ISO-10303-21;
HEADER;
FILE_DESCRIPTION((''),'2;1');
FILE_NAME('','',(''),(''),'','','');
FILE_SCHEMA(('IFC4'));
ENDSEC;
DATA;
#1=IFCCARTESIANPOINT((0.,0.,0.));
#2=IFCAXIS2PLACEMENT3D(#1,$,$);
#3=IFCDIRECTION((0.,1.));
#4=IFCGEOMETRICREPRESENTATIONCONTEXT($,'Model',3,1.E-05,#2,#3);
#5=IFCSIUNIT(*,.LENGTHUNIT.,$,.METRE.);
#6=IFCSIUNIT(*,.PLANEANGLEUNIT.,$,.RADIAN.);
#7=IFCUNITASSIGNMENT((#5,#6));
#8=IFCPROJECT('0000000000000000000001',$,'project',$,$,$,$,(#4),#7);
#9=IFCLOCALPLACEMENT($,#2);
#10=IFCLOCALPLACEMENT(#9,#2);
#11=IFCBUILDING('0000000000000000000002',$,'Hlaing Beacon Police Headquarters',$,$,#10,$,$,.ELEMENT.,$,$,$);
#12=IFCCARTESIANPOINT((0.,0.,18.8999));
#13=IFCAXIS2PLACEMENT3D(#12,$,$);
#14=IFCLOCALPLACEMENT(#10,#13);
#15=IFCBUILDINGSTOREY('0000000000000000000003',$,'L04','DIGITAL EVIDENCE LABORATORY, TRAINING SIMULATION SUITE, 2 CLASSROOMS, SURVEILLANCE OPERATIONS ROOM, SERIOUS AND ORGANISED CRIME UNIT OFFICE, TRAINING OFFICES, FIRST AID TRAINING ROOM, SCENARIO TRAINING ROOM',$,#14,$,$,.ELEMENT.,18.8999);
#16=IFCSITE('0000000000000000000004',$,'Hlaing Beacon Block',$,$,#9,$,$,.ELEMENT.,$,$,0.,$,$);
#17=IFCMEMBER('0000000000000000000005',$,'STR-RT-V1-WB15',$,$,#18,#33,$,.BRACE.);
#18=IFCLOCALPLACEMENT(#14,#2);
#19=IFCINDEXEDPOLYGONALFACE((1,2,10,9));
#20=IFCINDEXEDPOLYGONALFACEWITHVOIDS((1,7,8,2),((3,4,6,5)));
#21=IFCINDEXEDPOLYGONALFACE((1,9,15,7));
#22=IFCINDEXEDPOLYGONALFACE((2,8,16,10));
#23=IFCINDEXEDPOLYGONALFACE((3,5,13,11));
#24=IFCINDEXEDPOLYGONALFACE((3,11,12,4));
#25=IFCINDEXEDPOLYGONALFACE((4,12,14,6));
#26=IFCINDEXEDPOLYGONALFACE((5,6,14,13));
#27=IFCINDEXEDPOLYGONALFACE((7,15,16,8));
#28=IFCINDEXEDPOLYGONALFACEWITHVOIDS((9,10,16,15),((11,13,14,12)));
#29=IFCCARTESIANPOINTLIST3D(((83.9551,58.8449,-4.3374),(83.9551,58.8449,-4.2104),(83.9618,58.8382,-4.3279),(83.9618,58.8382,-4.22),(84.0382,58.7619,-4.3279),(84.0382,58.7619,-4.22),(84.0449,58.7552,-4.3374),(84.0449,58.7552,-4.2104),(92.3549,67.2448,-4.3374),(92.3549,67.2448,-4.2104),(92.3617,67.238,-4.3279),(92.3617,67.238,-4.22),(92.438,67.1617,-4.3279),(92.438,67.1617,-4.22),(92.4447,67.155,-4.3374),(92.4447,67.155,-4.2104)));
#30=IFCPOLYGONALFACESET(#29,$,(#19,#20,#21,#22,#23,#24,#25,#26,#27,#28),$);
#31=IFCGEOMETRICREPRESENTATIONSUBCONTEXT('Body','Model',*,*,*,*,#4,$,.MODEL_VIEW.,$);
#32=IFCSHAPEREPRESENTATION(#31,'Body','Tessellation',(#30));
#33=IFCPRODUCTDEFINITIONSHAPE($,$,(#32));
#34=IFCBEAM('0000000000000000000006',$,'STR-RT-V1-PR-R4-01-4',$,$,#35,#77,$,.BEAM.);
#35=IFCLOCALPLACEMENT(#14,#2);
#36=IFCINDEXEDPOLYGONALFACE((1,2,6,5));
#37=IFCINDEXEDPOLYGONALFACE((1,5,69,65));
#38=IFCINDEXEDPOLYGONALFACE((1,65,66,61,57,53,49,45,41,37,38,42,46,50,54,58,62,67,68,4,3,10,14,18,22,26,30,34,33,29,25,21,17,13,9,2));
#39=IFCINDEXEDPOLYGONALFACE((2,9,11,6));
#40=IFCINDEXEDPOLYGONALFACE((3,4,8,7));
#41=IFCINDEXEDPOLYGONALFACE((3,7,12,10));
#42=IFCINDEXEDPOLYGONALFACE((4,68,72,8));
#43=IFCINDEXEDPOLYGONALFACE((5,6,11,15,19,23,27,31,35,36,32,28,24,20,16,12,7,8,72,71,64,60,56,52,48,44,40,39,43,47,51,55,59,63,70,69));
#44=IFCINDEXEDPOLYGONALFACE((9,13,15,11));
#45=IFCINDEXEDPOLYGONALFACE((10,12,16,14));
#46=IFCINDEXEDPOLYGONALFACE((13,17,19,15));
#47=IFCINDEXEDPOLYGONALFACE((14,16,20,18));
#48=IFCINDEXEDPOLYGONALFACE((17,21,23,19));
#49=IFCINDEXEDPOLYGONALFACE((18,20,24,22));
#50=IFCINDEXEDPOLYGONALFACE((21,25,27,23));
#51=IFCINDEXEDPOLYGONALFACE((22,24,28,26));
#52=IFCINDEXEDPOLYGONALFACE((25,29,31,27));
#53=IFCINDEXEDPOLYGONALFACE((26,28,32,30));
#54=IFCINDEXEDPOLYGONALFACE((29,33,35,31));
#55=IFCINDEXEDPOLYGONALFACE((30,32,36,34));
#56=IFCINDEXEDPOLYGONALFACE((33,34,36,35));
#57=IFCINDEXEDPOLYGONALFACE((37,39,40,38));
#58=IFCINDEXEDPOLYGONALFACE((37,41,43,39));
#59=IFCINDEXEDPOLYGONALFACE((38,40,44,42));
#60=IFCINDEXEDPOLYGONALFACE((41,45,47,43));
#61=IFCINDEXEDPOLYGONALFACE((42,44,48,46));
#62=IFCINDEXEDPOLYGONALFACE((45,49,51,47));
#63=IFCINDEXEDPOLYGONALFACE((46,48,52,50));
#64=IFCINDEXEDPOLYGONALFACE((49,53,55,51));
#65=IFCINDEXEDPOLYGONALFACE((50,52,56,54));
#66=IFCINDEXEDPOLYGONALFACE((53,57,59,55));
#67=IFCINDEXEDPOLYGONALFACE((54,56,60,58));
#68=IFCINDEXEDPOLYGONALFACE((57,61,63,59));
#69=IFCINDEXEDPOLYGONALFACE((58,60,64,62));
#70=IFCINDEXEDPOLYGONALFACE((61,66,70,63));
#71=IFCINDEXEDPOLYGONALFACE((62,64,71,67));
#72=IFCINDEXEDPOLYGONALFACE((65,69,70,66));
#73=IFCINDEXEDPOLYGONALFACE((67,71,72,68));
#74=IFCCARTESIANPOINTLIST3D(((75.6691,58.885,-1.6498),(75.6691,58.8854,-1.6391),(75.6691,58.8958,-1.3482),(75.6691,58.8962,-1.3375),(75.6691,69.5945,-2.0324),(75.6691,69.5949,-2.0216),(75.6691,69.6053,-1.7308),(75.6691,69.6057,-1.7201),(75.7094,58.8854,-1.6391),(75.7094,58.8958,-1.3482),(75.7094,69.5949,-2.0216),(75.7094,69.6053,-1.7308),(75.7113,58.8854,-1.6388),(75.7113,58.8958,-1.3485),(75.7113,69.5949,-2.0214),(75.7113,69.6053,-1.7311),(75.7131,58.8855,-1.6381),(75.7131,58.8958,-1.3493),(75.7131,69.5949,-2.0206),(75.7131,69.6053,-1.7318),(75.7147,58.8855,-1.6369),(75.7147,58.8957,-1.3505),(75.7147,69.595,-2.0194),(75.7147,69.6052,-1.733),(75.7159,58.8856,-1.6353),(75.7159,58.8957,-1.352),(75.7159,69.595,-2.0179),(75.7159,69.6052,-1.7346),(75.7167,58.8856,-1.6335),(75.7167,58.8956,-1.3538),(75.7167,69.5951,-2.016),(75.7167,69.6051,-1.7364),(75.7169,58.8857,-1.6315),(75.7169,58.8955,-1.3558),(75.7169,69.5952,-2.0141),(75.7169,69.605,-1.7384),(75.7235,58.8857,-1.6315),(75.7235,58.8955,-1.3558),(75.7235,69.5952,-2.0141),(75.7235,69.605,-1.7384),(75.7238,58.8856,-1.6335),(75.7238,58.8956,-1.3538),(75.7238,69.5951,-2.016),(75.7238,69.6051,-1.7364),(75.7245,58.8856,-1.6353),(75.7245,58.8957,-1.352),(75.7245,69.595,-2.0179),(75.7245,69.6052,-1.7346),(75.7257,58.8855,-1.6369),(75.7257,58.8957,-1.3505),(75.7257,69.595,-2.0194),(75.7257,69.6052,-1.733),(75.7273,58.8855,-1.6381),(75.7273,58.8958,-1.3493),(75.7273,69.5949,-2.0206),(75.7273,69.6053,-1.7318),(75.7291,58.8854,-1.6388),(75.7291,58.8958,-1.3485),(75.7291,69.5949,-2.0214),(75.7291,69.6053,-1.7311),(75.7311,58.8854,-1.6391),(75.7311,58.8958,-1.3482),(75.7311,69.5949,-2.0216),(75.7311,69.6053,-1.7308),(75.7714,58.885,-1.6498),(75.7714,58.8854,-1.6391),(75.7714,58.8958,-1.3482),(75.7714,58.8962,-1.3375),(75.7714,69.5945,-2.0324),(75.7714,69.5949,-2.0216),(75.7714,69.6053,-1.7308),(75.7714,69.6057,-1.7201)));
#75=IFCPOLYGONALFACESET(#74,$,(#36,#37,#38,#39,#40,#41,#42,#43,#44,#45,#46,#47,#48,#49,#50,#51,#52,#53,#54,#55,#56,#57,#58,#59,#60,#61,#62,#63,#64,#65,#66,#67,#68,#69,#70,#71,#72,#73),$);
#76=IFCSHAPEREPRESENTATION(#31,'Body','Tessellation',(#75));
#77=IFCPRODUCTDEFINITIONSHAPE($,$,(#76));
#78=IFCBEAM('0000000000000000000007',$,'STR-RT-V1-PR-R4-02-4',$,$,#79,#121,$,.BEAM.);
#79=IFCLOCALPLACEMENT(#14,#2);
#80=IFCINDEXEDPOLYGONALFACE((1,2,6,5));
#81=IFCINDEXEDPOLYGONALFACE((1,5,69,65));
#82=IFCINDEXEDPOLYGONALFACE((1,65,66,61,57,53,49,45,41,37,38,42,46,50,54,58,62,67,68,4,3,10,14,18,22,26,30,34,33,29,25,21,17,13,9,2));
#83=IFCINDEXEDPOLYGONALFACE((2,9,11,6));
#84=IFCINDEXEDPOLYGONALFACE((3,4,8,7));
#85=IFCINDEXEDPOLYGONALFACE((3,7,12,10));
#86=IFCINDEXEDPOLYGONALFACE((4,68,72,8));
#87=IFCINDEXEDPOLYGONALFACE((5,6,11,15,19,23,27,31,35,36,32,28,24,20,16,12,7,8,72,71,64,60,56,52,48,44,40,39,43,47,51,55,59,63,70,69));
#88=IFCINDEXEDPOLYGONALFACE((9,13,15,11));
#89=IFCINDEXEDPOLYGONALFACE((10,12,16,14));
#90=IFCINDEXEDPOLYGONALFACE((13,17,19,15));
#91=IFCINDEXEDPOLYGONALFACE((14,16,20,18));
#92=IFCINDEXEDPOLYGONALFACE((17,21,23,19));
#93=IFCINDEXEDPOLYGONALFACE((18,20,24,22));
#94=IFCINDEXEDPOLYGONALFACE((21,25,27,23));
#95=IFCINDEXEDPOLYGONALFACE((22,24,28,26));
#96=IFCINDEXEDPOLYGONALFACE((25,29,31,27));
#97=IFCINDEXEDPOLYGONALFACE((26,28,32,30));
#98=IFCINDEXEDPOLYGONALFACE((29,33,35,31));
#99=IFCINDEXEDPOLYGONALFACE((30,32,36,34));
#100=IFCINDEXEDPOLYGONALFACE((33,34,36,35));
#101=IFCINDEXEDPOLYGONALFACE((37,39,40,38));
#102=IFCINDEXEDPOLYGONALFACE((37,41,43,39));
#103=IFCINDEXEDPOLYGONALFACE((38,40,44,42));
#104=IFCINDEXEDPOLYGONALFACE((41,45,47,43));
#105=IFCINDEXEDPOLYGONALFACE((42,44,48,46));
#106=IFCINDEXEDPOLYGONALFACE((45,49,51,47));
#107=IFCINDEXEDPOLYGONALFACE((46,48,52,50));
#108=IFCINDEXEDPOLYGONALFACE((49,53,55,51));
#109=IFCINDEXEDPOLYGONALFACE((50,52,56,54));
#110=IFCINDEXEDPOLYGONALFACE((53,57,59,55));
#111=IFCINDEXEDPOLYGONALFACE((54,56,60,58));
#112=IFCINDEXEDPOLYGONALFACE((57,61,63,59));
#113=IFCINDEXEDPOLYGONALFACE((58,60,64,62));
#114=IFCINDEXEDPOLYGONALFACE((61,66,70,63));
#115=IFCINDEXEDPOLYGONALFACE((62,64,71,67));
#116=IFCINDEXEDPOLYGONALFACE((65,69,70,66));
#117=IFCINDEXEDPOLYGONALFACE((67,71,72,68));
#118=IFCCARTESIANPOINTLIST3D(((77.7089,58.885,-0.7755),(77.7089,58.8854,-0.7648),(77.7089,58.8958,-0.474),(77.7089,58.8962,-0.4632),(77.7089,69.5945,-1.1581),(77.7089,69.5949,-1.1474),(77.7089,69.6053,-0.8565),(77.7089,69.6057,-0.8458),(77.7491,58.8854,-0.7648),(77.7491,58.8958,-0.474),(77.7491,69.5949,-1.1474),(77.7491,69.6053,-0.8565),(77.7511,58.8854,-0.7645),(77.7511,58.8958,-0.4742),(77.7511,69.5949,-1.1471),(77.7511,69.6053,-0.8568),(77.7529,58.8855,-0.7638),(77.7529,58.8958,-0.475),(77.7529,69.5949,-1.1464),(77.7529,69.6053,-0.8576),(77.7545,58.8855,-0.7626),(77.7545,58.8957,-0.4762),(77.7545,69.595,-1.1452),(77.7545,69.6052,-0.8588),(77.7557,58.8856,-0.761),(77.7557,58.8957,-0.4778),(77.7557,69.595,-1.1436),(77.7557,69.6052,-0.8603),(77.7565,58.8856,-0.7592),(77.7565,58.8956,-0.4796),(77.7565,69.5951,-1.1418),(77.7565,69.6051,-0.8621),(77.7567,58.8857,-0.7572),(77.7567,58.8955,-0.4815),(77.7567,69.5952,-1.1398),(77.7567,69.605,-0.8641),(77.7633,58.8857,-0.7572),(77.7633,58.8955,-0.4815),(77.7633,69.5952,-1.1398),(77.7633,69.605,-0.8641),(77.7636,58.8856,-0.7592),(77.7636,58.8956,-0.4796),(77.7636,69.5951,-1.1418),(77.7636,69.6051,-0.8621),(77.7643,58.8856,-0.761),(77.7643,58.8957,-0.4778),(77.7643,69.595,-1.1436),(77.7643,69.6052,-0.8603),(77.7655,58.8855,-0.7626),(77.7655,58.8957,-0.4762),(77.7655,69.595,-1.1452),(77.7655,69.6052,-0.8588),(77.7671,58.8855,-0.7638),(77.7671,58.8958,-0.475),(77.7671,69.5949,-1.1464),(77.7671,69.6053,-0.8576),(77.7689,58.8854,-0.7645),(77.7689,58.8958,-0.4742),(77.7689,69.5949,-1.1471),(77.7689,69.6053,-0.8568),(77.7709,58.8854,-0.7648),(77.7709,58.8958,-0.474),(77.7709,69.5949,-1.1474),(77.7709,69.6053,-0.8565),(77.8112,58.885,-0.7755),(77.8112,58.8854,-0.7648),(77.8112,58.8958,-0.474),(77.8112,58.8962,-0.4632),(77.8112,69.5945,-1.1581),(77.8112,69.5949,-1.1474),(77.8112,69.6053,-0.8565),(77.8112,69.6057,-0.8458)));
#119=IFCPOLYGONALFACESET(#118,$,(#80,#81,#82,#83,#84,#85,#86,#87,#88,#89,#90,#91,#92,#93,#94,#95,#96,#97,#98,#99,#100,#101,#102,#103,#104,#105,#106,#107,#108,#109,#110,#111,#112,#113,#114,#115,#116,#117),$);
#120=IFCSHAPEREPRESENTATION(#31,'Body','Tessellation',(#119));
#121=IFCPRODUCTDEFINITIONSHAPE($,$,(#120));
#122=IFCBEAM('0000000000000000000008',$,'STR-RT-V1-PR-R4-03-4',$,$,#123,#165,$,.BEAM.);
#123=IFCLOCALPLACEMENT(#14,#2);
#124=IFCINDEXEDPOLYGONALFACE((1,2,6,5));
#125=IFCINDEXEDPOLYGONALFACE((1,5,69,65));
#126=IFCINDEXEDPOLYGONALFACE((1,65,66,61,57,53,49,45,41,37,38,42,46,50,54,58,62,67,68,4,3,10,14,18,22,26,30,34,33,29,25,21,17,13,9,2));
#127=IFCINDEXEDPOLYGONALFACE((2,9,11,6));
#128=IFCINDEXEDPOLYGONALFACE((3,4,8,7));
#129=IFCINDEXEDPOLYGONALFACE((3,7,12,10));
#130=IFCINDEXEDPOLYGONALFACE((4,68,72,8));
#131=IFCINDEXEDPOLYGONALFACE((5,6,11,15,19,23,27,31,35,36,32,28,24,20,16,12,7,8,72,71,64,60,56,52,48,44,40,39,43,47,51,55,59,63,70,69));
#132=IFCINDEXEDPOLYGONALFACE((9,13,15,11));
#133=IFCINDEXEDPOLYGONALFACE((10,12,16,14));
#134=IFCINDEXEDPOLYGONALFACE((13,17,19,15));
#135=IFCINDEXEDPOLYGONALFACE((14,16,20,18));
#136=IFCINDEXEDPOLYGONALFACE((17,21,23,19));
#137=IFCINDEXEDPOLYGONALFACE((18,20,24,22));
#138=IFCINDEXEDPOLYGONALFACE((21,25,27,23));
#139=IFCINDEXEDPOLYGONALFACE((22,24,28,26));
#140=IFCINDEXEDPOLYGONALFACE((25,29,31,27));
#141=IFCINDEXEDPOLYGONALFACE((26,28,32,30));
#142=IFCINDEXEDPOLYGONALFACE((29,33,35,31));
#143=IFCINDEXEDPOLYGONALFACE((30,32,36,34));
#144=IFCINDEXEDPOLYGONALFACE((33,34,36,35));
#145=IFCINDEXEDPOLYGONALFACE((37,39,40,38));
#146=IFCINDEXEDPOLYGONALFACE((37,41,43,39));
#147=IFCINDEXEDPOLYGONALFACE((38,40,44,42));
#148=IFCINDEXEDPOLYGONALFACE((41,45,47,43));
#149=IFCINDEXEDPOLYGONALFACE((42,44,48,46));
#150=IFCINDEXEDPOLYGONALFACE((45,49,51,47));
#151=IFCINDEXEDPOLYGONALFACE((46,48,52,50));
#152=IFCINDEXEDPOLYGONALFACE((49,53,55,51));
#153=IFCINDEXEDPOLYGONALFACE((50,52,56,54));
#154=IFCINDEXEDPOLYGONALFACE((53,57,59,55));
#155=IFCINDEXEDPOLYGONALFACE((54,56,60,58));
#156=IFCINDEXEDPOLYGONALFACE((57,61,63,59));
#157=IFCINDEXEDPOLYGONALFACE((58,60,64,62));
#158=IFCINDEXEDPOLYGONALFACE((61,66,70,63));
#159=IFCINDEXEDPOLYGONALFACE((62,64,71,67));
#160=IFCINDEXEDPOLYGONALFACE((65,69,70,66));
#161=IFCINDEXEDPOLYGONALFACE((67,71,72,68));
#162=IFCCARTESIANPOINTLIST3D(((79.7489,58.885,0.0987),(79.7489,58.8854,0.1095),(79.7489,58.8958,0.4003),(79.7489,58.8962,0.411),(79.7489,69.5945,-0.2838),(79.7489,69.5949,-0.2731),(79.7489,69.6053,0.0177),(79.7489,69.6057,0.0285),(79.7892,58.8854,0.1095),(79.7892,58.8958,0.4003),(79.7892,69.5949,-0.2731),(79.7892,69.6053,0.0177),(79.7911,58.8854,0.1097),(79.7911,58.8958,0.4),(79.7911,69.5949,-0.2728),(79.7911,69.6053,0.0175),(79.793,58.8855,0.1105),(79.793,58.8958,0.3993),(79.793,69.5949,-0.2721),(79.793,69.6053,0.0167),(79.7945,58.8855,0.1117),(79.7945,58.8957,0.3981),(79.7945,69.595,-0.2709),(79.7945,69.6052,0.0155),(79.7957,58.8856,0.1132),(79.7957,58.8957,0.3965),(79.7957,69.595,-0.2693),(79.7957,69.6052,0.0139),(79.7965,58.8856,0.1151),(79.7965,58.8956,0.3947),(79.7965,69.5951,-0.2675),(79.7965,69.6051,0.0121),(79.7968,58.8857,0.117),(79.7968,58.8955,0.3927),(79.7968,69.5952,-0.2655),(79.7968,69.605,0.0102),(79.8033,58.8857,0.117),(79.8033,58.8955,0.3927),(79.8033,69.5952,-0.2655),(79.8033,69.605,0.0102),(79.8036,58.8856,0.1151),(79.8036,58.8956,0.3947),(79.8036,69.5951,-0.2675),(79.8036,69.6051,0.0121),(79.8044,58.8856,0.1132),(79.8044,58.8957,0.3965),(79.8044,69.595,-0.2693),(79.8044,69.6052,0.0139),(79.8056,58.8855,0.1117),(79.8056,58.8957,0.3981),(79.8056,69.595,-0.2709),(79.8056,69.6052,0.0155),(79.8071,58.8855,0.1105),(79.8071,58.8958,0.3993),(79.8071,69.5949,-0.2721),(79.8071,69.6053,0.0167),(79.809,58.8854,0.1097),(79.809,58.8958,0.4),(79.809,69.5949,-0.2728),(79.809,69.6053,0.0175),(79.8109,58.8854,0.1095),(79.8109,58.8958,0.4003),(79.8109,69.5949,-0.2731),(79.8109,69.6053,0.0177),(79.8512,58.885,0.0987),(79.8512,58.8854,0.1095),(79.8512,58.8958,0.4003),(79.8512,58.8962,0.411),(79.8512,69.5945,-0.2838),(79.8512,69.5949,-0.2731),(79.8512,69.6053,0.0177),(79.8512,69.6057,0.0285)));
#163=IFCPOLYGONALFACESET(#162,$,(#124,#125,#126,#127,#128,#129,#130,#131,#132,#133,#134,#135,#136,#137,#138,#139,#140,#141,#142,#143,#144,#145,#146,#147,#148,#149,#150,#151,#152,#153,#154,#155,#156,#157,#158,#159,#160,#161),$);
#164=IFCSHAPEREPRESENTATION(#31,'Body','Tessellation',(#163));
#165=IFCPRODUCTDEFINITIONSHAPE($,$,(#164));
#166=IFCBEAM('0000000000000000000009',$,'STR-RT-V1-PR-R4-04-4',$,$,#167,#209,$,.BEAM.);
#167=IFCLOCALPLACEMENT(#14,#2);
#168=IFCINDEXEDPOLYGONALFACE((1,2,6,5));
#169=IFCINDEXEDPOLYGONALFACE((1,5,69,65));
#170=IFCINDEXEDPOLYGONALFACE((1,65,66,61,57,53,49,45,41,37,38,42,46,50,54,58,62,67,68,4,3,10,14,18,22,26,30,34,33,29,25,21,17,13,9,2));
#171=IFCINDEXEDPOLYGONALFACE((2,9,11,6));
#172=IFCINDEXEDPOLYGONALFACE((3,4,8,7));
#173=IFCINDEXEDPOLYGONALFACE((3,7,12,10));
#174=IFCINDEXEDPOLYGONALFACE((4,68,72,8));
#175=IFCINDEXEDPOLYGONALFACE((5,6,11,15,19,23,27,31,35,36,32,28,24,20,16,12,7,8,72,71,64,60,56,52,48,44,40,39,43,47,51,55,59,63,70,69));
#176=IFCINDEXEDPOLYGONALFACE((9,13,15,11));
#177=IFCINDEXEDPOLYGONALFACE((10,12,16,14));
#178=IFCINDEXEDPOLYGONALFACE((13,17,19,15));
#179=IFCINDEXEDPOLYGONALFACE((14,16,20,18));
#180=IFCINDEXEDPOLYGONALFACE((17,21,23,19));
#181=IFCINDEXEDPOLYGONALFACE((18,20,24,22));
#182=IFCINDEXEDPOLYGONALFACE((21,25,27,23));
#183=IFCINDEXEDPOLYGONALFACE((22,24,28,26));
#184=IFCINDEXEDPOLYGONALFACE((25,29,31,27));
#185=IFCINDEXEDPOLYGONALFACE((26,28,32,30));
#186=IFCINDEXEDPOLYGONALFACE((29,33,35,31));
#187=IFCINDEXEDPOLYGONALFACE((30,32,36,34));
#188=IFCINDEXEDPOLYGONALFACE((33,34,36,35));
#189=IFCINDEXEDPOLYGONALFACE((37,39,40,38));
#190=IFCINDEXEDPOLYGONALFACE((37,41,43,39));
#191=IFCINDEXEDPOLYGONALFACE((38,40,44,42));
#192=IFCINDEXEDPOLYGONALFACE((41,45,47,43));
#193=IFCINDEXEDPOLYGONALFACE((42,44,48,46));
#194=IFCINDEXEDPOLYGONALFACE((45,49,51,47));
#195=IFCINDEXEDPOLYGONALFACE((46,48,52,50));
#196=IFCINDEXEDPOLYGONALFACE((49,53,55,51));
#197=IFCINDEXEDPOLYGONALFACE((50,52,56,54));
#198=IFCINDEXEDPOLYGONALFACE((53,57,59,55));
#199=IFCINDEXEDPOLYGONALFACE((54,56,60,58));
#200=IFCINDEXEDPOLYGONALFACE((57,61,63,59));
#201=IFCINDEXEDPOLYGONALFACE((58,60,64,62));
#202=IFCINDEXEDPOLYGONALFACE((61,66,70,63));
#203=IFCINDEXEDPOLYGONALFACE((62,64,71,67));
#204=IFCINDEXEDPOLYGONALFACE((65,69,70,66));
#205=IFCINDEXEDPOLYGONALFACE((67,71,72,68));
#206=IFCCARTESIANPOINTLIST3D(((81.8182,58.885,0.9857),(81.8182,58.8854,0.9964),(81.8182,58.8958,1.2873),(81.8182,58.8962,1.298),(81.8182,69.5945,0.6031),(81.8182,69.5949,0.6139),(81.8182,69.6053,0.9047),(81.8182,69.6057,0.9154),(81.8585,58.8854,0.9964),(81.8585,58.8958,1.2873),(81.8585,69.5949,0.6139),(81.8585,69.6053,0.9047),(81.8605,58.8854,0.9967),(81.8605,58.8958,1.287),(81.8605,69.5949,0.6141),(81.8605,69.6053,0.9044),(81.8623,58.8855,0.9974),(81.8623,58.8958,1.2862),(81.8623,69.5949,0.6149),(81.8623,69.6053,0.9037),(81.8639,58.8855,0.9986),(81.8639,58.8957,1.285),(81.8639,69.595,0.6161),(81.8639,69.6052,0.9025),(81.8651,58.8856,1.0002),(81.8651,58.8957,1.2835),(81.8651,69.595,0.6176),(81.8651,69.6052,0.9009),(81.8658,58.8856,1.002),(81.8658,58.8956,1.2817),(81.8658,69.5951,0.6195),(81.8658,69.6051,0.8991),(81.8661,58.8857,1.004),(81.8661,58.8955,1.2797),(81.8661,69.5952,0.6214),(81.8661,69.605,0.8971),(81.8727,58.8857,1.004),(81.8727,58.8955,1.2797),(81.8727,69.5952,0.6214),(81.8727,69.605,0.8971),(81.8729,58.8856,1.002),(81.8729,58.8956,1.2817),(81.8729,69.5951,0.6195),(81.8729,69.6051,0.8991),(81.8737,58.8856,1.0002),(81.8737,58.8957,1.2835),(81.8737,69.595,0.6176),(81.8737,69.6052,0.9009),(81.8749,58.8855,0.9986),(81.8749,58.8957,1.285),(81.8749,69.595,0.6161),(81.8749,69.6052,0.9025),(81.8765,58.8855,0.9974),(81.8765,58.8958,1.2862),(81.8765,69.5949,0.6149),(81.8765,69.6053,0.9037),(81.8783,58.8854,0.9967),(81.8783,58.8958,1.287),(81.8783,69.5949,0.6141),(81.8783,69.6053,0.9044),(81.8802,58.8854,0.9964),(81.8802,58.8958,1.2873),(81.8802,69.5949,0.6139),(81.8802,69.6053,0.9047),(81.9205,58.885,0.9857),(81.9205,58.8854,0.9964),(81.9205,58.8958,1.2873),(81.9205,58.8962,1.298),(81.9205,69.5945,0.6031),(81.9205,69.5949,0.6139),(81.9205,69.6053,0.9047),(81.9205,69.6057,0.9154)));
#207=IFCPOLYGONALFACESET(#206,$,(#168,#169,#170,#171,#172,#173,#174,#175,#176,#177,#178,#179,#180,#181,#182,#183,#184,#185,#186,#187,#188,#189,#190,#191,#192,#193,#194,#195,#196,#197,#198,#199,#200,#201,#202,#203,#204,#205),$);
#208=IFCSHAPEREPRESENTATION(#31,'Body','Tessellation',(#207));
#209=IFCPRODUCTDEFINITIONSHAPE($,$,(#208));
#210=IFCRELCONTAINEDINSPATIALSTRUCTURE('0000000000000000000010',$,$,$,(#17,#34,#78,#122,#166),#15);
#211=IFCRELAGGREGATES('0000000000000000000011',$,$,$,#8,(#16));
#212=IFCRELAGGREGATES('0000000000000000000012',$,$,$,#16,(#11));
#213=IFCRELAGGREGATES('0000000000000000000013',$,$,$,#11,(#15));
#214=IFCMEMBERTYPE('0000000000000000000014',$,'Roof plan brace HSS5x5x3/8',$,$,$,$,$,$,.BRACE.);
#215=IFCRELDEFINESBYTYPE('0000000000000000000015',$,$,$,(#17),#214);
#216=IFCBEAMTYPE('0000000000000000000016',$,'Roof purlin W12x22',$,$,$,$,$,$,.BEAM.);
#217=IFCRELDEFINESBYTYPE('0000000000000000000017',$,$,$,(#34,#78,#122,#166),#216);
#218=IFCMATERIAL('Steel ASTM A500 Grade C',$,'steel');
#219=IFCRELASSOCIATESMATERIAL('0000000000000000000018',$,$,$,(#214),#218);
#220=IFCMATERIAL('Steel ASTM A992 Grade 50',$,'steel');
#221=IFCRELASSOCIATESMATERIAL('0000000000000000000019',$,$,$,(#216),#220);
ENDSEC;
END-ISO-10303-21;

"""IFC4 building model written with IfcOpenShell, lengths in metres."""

from ifc_helpers import new_model, si_unit, direction, frame, origin, origin_2d, place, context, subcontext, project, spatial, hollow_rectangle, i_section, extrude, material, material_profile, profile_set, type_object, element, save


model = new_model("IFC4")

# Units and contexts
model_context = context("Model", 3, precision=1e-05, world=origin(), true_north=direction((0.0, 1.0)))
body_context = subcontext(model_context, "Body", "Model", "MODEL_VIEW")
ifc_project = project(units=[si_unit("LENGTHUNIT", "METRE"), si_unit("PLANEANGLEUNIT", "RADIAN")], contexts=[model_context])

# Site, building, storey
site_placement = place(None, origin())
site = spatial("IfcSite", under=ifc_project, at=site_placement, Name="Hlaing Beacon Block", CompositionType="ELEMENT", RefElevation=0.0)
building_placement = place(site_placement, origin())
building = spatial("IfcBuilding", under=site, at=building_placement, Name="Hlaing Beacon Police Headquarters", CompositionType="ELEMENT")
storey_placement = place(building_placement, frame((0.0, 0.0, 18.8999)))
storey = spatial("IfcBuildingStorey", under=building, at=storey_placement, Name="L04", Description="DIGITAL EVIDENCE LABORATORY, TRAINING SIMULATION SUITE, 2 CLASSROOMS, SURVEILLANCE OPERATIONS ROOM, SERIOUS AND ORGANISED CRIME UNIT OFFICE, TRAINING OFFICES, FIRST AID TRAINING ROOM, SCENARIO TRAINING ROOM", CompositionType="ELEMENT", Elevation=18.8999)

# Member
ifc_material_1 = material(Name="Steel ASTM A500 Grade C", Category="steel")
ifc_material_profile_1 = material_profile(ifc_material_1, hollow_rectangle(XDim=0.127, YDim=0.127, WallThickness=0.0095, at=origin_2d()), Name="HSS5x5x3/8")
ifc_profile_set_1 = profile_set([ifc_material_profile_1], Name="Steel ASTM A500 Grade C")
member_type_1 = type_object("IfcMemberType", Name="Roof plan brace HSS5x5x3/8", PredefinedType="BRACE", material=ifc_profile_set_1)
member_1_placement = place(storey_placement, frame((84.0, 58.8, -4.2739), z_axis=(0.707107, 0.707107, 0.0), x_axis=(-0.707107, 0.707107, 0.0)))
element("IfcMember", 1, at=member_1_placement, inside=storey, type_object=member_type_1, Name="STR-RT-V1-WB15", PredefinedType="BRACE", context=body_context, shape_type="SweptSolid", body=[
    extrude(hollow_rectangle(XDim=0.127, YDim=0.127, WallThickness=0.0095, at=origin_2d()), origin(), (0.0, 0.0, 1.0), 11.8792),
])

# Beams
ifc_material_2 = material(Name="Steel ASTM A992 Grade 50", Category="steel")
ifc_material_profile_2 = material_profile(ifc_material_2, i_section(OverallWidth=0.1023, OverallDepth=0.3125, WebThickness=0.0066, FlangeThickness=0.0107, FilletRadius=0.0076, at=origin_2d()), Name="W12x22")
ifc_profile_set_2 = profile_set([ifc_material_profile_2], Name="Steel ASTM A992 Grade 50")
beam_type_1 = type_object("IfcBeamType", Name="Roof purlin W12x22", PredefinedType="BEAM", material=ifc_profile_set_2)
for number, where, z_axis, x_axis, name in (
    (2, (75.7202, 58.8906, -1.4937), (0.0, 0.999363, -0.0357), (-1.0, 0.0, 0.0), "STR-RT-V1-PR-R4-01-4"),
    (3, (77.76, 58.8906, -0.6194), (0.0, 0.999363, -0.0357), (-1.0, 0.0, 0.0), "STR-RT-V1-PR-R4-02-4"),
    (4, (79.8, 58.8906, 0.2549), (0.0, 0.999363, -0.0357), (-1.0, 0.0, 0.0), "STR-RT-V1-PR-R4-03-4"),
    (5, (81.8694, 58.8906, 1.1418), (0.0, 0.999363, -0.0357), (-1.0, 0.0, 0.0), "STR-RT-V1-PR-R4-04-4"),
):
    element("IfcBeam", number, at=place(storey_placement, frame(where, z_axis=z_axis, x_axis=x_axis)), inside=storey, type_object=beam_type_1, Name=name, PredefinedType="BEAM", context=body_context, shape_type="SweptSolid", body=[
        extrude(i_section(OverallWidth=0.1023, OverallDepth=0.3125, WebThickness=0.0066, FlangeThickness=0.0107, FilletRadius=0.0076, at=origin_2d()), origin(), (0.0, 0.0, 1.0), 10.7163),
    ])

save(model, "model.ifc")
